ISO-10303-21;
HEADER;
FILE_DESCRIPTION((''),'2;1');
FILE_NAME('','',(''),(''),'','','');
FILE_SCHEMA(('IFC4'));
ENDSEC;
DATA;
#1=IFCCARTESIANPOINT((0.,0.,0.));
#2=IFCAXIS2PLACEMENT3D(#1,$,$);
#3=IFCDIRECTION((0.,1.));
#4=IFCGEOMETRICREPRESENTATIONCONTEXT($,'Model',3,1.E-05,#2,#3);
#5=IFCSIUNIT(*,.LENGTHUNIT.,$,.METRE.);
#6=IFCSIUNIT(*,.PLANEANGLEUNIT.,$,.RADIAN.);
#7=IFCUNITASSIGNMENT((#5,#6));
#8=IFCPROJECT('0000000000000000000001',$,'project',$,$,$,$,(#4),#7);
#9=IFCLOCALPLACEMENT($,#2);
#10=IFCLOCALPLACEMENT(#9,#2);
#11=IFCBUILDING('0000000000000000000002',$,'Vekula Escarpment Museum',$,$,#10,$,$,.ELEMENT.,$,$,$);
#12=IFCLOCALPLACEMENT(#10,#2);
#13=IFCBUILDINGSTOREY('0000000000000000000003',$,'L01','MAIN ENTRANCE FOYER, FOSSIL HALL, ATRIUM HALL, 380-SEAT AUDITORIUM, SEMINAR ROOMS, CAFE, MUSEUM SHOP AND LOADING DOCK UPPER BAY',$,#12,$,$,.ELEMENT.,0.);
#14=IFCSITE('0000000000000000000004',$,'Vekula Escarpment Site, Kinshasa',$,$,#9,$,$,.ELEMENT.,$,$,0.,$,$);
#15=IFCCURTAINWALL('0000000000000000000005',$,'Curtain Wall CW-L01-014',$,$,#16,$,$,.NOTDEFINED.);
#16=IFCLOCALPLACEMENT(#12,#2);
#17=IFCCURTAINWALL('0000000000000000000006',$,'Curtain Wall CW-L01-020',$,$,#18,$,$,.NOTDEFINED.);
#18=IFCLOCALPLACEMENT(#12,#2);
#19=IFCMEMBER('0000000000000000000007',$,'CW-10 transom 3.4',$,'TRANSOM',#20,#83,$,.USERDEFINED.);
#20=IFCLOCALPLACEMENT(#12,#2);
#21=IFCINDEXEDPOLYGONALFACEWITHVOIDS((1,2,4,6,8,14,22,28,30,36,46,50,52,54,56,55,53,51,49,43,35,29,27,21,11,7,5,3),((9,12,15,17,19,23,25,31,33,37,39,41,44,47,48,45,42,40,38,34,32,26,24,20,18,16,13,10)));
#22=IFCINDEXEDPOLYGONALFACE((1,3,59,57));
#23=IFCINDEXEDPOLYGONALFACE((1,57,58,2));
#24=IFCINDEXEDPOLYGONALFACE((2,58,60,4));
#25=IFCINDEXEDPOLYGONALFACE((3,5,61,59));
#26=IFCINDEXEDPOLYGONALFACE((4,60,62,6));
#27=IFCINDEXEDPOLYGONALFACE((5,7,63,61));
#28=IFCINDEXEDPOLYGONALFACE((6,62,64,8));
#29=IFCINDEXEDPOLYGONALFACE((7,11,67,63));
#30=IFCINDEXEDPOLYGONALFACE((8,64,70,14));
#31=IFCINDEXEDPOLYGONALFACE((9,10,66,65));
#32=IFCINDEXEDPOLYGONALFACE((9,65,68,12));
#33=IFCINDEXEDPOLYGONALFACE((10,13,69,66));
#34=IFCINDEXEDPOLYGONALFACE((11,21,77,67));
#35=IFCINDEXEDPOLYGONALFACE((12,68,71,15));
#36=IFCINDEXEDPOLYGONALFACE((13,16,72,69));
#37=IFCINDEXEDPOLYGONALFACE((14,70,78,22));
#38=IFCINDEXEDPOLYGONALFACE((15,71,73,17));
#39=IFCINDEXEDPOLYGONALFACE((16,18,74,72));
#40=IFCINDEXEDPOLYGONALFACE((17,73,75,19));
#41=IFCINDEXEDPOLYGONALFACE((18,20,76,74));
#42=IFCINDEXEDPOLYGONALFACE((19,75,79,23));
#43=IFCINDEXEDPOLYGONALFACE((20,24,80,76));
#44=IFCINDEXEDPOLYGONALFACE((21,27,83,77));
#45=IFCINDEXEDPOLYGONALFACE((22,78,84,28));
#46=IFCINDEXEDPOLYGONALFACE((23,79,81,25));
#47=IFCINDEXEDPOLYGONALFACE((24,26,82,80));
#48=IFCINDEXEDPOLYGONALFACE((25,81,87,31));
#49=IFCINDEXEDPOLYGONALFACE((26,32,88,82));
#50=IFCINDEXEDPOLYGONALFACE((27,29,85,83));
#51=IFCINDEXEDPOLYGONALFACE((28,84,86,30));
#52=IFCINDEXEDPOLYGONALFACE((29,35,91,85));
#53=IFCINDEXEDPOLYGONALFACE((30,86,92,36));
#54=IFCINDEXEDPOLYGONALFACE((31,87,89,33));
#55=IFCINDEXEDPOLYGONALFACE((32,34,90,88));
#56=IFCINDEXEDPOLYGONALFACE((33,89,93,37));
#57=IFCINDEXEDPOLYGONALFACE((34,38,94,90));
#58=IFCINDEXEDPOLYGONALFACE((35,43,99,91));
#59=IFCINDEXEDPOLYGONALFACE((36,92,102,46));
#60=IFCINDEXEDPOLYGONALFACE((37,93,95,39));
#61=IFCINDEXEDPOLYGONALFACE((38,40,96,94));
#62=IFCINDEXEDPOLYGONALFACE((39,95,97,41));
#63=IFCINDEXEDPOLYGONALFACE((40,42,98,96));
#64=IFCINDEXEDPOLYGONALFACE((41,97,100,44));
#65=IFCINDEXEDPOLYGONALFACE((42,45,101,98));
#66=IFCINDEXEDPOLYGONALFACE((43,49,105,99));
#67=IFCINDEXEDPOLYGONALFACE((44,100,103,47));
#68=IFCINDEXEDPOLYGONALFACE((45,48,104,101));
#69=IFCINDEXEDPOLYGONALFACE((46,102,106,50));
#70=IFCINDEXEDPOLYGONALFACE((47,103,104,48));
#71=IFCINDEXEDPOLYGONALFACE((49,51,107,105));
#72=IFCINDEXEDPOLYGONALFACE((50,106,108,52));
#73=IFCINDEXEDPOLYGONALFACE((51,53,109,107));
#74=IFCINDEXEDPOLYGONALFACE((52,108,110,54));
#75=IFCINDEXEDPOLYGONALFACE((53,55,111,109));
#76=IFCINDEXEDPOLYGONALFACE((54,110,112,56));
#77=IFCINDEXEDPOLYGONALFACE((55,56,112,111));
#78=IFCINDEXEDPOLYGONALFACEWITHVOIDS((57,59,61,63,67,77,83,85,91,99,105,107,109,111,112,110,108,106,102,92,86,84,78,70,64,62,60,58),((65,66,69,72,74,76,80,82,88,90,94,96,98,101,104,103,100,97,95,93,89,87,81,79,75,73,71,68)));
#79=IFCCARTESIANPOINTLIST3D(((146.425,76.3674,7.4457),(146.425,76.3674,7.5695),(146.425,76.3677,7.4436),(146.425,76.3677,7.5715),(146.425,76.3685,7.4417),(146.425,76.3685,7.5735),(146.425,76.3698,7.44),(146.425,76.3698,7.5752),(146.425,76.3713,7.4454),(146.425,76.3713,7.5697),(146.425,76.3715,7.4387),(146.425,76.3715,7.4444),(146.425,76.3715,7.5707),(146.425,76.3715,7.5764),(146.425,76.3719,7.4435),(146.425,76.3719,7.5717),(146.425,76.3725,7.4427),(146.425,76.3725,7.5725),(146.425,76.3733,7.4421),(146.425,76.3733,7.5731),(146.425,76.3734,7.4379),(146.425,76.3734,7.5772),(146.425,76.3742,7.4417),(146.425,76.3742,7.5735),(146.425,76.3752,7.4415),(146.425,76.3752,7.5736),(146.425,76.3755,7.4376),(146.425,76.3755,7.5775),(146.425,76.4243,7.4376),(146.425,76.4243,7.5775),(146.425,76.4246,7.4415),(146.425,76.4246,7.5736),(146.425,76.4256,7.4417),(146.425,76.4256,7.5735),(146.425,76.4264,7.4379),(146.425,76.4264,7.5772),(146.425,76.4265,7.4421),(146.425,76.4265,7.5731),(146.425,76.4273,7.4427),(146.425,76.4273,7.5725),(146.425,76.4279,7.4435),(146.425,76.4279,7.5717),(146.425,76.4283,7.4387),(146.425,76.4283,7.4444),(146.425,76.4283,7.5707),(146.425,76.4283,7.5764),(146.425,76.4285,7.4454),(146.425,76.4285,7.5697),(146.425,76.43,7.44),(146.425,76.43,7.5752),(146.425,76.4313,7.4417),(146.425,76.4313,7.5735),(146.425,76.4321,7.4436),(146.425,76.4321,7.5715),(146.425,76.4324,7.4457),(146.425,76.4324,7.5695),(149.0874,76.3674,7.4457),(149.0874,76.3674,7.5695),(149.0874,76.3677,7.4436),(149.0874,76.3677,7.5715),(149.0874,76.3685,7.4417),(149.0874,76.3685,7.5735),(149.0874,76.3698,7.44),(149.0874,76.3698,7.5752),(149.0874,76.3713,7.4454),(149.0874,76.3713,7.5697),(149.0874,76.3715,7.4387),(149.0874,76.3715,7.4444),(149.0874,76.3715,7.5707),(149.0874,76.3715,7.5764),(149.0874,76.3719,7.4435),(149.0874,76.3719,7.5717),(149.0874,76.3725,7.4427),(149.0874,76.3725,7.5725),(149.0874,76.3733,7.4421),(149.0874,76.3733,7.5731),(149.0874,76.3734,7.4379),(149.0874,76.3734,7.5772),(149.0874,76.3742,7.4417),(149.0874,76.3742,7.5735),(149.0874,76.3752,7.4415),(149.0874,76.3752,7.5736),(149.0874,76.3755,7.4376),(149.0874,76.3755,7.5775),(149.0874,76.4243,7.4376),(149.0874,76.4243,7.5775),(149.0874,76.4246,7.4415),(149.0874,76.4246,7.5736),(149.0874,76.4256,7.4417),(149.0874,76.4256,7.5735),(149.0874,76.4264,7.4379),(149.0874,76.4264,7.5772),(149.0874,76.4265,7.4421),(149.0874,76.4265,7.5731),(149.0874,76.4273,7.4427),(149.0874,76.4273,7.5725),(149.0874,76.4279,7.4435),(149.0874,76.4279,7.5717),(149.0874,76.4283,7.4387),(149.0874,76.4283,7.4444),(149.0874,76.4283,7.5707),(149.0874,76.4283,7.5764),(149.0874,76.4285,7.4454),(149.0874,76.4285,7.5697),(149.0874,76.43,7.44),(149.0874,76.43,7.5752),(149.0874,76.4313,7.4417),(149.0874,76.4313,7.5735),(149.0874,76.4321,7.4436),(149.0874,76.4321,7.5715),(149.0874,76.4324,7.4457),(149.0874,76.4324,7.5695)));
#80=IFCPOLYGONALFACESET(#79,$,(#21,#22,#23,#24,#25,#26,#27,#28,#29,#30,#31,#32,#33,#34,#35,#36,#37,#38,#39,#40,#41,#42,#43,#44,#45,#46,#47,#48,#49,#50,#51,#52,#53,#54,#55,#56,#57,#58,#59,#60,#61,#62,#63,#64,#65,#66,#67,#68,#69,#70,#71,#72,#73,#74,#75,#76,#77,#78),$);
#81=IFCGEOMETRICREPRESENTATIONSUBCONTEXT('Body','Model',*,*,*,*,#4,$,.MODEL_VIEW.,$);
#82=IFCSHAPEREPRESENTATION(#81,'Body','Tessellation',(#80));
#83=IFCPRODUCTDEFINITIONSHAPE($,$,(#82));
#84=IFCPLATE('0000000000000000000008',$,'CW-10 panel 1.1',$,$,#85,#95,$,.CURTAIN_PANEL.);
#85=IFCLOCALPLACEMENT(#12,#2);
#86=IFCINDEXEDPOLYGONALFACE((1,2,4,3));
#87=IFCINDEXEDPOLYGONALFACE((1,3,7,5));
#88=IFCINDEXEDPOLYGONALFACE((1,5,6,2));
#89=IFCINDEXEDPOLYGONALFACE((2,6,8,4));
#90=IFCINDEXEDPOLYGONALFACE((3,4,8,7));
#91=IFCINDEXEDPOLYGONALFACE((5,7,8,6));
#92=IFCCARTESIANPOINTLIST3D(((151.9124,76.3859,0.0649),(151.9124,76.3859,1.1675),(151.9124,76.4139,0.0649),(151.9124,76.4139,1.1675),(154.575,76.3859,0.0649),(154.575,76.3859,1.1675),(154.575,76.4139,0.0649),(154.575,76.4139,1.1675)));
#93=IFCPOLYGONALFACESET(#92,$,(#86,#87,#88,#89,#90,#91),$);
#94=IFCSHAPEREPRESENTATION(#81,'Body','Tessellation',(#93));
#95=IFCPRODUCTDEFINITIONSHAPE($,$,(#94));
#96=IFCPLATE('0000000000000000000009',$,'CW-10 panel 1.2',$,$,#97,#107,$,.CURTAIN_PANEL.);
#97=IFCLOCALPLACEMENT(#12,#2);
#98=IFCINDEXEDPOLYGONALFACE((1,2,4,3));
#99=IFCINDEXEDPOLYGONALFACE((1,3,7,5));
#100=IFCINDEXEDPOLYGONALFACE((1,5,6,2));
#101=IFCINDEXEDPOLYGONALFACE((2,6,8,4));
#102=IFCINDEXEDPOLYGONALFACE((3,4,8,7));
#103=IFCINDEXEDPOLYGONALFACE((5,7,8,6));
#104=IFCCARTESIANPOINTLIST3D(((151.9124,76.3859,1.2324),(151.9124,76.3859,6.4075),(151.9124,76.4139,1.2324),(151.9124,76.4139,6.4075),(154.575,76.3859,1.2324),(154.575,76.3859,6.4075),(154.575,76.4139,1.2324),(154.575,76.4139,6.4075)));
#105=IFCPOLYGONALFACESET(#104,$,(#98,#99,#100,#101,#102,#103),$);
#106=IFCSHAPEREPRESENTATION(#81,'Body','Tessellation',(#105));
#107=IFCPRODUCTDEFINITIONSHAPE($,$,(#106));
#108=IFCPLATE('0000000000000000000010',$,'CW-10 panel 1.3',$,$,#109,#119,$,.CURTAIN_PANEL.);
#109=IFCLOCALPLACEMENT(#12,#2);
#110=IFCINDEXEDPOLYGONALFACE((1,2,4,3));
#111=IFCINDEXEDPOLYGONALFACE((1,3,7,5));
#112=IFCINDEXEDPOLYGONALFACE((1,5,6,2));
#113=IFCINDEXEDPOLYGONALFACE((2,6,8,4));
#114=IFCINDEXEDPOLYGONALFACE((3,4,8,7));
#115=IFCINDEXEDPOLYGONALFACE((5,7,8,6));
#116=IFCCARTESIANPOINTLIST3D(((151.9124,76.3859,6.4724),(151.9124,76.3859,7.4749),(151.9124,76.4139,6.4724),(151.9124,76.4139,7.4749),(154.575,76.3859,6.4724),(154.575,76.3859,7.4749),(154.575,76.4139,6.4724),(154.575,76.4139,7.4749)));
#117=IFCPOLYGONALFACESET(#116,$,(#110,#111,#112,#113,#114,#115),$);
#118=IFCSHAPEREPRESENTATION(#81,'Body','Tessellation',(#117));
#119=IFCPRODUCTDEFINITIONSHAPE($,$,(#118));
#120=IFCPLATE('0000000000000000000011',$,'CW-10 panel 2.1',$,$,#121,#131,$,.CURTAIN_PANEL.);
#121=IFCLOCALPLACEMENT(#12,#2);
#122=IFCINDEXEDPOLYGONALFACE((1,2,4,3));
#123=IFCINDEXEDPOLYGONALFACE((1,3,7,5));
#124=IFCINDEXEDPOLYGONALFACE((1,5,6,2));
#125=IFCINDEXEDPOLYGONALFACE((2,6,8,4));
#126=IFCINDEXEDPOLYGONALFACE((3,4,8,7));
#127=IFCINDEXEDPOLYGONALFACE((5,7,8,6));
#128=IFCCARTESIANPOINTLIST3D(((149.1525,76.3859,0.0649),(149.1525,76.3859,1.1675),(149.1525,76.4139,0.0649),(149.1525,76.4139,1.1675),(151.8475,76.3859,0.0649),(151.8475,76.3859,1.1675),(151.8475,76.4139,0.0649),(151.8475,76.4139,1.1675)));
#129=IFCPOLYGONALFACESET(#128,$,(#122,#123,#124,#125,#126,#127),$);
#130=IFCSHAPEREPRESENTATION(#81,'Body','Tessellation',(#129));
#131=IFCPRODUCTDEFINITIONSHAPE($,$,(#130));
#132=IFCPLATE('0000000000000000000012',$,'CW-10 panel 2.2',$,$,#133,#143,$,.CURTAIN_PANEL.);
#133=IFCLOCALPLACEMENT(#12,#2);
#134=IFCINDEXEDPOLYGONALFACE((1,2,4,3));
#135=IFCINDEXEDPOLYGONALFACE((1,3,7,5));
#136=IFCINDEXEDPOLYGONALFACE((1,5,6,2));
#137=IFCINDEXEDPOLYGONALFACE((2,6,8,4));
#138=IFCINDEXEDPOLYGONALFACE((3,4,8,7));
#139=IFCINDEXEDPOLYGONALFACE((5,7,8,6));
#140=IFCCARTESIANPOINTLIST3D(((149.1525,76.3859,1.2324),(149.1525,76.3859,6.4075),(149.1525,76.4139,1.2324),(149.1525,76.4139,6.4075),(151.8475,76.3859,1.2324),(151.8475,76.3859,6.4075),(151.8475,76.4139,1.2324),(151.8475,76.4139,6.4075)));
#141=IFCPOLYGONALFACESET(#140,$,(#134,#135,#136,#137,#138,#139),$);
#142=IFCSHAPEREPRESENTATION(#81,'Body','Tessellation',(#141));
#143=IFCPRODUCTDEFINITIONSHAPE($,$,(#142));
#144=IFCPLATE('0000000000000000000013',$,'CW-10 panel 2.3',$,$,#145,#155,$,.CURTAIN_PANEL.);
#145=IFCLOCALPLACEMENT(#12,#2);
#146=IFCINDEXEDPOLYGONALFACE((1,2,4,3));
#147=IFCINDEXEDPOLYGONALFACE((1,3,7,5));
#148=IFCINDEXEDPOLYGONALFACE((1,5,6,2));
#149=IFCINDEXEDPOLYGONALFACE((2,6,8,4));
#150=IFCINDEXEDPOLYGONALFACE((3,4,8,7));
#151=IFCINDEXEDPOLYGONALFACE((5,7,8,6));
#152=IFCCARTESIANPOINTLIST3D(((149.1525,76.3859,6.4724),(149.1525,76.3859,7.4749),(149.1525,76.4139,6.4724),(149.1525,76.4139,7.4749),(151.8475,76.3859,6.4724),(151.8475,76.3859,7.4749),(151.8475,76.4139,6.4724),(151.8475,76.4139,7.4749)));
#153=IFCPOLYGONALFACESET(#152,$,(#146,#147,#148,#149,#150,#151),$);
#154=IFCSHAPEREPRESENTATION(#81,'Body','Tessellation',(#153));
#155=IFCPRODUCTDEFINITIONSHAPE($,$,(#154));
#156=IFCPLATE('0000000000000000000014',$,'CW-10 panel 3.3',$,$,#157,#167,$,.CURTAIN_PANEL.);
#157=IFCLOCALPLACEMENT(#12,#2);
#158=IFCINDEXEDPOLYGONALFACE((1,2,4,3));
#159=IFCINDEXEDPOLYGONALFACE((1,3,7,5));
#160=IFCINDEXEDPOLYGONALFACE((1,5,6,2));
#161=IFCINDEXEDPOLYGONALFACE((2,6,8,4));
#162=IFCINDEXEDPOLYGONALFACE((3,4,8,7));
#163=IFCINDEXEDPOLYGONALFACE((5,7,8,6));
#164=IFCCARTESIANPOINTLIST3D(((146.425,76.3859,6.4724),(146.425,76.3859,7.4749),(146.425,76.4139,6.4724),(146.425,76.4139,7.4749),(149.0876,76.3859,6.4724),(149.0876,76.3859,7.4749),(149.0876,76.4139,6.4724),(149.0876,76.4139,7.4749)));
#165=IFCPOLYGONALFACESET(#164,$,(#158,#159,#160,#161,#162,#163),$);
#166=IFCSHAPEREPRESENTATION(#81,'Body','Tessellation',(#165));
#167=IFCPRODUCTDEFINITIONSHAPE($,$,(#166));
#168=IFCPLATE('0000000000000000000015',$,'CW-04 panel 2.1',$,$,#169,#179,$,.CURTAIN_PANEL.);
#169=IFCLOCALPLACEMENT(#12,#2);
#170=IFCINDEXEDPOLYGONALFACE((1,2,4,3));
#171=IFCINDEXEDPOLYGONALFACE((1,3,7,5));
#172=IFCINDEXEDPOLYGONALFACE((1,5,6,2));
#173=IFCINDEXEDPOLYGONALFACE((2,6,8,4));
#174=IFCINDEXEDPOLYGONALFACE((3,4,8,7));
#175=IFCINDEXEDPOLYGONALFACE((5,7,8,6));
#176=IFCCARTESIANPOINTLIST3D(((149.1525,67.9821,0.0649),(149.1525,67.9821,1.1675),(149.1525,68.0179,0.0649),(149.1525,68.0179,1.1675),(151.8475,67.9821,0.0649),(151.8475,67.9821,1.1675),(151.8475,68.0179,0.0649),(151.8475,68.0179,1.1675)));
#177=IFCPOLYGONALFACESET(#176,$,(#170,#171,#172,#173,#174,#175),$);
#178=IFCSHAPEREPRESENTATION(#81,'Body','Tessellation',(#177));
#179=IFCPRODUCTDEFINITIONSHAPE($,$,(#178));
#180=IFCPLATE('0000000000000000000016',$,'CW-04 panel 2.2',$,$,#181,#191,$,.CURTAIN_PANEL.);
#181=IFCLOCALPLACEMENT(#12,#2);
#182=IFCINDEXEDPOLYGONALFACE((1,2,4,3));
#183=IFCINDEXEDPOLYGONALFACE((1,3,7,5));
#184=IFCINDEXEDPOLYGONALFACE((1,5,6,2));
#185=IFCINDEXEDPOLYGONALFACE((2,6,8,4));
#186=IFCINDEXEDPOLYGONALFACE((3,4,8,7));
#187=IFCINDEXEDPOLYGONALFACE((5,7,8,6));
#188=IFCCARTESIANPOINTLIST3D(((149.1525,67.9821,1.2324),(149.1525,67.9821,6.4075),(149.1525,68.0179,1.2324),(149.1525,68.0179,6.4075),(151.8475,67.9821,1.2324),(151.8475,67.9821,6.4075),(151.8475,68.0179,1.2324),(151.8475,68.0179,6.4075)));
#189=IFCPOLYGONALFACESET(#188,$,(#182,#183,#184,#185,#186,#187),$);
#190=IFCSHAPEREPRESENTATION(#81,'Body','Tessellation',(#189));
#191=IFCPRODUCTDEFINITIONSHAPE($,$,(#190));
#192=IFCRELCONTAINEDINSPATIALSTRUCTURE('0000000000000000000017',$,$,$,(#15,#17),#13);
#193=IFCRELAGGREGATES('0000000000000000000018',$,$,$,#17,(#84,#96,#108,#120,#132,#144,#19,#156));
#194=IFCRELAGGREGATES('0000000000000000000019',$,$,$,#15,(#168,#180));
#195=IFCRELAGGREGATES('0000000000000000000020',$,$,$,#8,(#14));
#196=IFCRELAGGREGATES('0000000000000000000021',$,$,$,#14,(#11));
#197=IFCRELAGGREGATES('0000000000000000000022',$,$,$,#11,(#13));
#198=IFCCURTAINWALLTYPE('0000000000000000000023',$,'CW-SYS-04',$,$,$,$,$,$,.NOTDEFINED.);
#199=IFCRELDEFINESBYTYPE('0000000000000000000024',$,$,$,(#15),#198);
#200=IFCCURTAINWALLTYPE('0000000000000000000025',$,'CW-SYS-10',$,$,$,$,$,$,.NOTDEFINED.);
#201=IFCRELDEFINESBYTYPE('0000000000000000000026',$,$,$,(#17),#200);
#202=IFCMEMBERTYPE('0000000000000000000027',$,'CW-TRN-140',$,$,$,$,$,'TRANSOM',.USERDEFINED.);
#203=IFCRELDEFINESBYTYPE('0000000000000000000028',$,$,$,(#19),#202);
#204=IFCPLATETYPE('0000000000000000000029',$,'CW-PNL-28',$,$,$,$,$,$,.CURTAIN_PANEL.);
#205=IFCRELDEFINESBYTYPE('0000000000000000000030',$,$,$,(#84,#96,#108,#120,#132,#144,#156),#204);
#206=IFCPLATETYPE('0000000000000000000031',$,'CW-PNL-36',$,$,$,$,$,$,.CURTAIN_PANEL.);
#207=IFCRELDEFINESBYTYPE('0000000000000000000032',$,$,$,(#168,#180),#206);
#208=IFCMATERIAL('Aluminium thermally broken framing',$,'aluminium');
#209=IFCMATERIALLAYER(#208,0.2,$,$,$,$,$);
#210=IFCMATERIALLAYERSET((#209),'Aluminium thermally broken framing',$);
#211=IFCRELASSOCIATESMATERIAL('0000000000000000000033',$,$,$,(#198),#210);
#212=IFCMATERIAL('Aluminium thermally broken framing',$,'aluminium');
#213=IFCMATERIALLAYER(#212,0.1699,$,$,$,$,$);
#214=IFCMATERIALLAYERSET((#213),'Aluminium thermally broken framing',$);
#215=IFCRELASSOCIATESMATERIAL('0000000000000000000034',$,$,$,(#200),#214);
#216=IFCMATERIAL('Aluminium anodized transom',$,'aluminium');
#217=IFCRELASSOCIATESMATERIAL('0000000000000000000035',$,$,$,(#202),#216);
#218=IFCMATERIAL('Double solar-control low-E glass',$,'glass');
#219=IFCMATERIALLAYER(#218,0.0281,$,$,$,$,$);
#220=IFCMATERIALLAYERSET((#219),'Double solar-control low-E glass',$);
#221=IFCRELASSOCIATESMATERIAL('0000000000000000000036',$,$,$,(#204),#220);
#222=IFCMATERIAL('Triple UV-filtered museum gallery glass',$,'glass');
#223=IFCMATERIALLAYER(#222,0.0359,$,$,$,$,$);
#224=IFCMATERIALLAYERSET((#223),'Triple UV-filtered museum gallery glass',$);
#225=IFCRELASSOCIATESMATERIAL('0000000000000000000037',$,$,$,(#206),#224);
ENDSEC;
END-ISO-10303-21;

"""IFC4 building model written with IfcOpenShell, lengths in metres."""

from ifc_helpers import new_model, si_unit, direction, frame, origin, origin_2d, place, context, subcontext, project, spatial, rectangle, hollow_rectangle, extrude, material, layer, layer_set, material_profile, profile_set, type_object, element, aggregate, save


model = new_model("IFC4")

# Units and contexts
model_context = context("Model", 3, precision=1e-05, world=origin(), true_north=direction((0.0, 1.0)))
body_context = subcontext(model_context, "Body", "Model", "MODEL_VIEW")
ifc_project = project(units=[si_unit("LENGTHUNIT", "METRE"), si_unit("PLANEANGLEUNIT", "RADIAN")], contexts=[model_context])

# Site, building, storey
site_placement = place(None, origin())
site = spatial("IfcSite", under=ifc_project, at=site_placement, Name="Vekula Escarpment Site, Kinshasa", CompositionType="ELEMENT", RefElevation=0.0)
building_placement = place(site_placement, origin())
building = spatial("IfcBuilding", under=site, at=building_placement, Name="Vekula Escarpment Museum", CompositionType="ELEMENT")
storey_placement = place(building_placement, origin())
storey = spatial("IfcBuildingStorey", under=building, at=storey_placement, Name="L01", Description="MAIN ENTRANCE FOYER, FOSSIL HALL, ATRIUM HALL, 380-SEAT AUDITORIUM, SEMINAR ROOMS, CAFE, MUSEUM SHOP AND LOADING DOCK UPPER BAY", CompositionType="ELEMENT", Elevation=0.0)

# Curtain walls
ifc_material_1 = material(Name="Aluminium thermally broken framing", Category="aluminium")
ifc_layer_1 = layer(ifc_material_1, 0.2)
ifc_layer_set_1 = layer_set([ifc_layer_1], Name="Aluminium thermally broken framing")
curtain_wall_type_1 = type_object("IfcCurtainWallType", Name="CW-SYS-04", PredefinedType="NOTDEFINED", material=ifc_layer_set_1)
curtain_wall_1_placement = place(storey_placement, origin())
curtain_wall_1 = element("IfcCurtainWall", 1, at=curtain_wall_1_placement, inside=storey, type_object=curtain_wall_type_1, Name="Curtain Wall CW-L01-014", PredefinedType="NOTDEFINED")
ifc_material_2 = material(Name="Aluminium thermally broken framing", Category="aluminium")
ifc_layer_2 = layer(ifc_material_2, 0.1699)
ifc_layer_set_2 = layer_set([ifc_layer_2], Name="Aluminium thermally broken framing")
curtain_wall_type_2 = type_object("IfcCurtainWallType", Name="CW-SYS-10", PredefinedType="NOTDEFINED", material=ifc_layer_set_2)
curtain_wall_2_placement = place(storey_placement, origin())
curtain_wall_2 = element("IfcCurtainWall", 2, at=curtain_wall_2_placement, inside=storey, type_object=curtain_wall_type_2, Name="Curtain Wall CW-L01-020", PredefinedType="NOTDEFINED")

# Member
ifc_material_3 = material(Name="Aluminium anodized transom", Category="aluminium")
ifc_material_profile_1 = material_profile(ifc_material_3, hollow_rectangle(XDim=0.0649, YDim=0.1399, WallThickness=0.0039, InnerFilletRadius=0.0039, OuterFilletRadius=0.0081, at=origin_2d()), Name="ALU 140x65x4")
ifc_profile_set_1 = profile_set([ifc_material_profile_1], Name="Aluminium anodized transom")
member_type_1 = type_object("IfcMemberType", Name="CW-TRN-140", ElementType="TRANSOM", PredefinedType="USERDEFINED", material=ifc_profile_set_1)
member_1_placement = place(storey_placement, frame((149.0874, 76.3999, 7.5076), z_axis=(-1.0, 0.0, 0.0), x_axis=(0.0, -1.0, 0.0)))
member_1 = element("IfcMember", 3, at=member_1_placement, type_object=member_type_1, Name="CW-10 transom 3.4", ObjectType="TRANSOM", PredefinedType="USERDEFINED", context=body_context, shape_type="SweptSolid", body=[
    extrude(hollow_rectangle(XDim=0.0649, YDim=0.1399, WallThickness=0.0039, InnerFilletRadius=0.0039, OuterFilletRadius=0.0081, at=origin_2d()), origin(), (0.0, 0.0, 1.0), 2.6624),
])

# Plates
ifc_material_4 = material(Name="Double solar-control low-E glass", Category="glass")
ifc_layer_3 = layer(ifc_material_4, 0.0281)
ifc_layer_set_3 = layer_set([ifc_layer_3], Name="Double solar-control low-E glass")
plate_type_1 = type_object("IfcPlateType", Name="CW-PNL-28", PredefinedType="CURTAIN_PANEL", material=ifc_layer_set_3)
plate_1_placement = place(storey_placement, frame((153.2437, 76.3999, 0.0649), z_axis=(0.0, 0.0, 1.0), x_axis=(-1.0, 0.0, 0.0)))
plate_1 = element("IfcPlate", 4, at=plate_1_placement, type_object=plate_type_1, Name="CW-10 panel 1.1", PredefinedType="CURTAIN_PANEL", context=body_context, shape_type="SweptSolid", body=[
    extrude(rectangle(XDim=2.6626, YDim=0.0281, at=origin_2d()), origin(), (0.0, 0.0, 1.0), 1.1025),
])
plate_2_placement = place(storey_placement, frame((153.2437, 76.3999, 1.2324), z_axis=(0.0, 0.0, 1.0), x_axis=(-1.0, 0.0, 0.0)))
plate_2 = element("IfcPlate", 5, at=plate_2_placement, type_object=plate_type_1, Name="CW-10 panel 1.2", PredefinedType="CURTAIN_PANEL", context=body_context, shape_type="SweptSolid", body=[
    extrude(rectangle(XDim=2.6626, YDim=0.0281, at=origin_2d()), origin(), (0.0, 0.0, 1.0), 5.175),
])
plate_3_placement = place(storey_placement, frame((153.2437, 76.3999, 6.4724), z_axis=(0.0, 0.0, 1.0), x_axis=(-1.0, 0.0, 0.0)))
plate_3 = element("IfcPlate", 6, at=plate_3_placement, type_object=plate_type_1, Name="CW-10 panel 1.3", PredefinedType="CURTAIN_PANEL", context=body_context, shape_type="SweptSolid", body=[
    extrude(rectangle(XDim=2.6626, YDim=0.0281, at=origin_2d()), origin(), (0.0, 0.0, 1.0), 1.0024),
])
plate_4_placement = place(storey_placement, frame((150.5, 76.3999, 0.0649), z_axis=(0.0, 0.0, 1.0), x_axis=(-1.0, 0.0, 0.0)))
plate_4 = element("IfcPlate", 7, at=plate_4_placement, type_object=plate_type_1, Name="CW-10 panel 2.1", PredefinedType="CURTAIN_PANEL", context=body_context, shape_type="SweptSolid", body=[
    extrude(rectangle(XDim=2.6951, YDim=0.0281, at=origin_2d()), origin(), (0.0, 0.0, 1.0), 1.1025),
])
plate_5_placement = place(storey_placement, frame((150.5, 76.3999, 1.2324), z_axis=(0.0, 0.0, 1.0), x_axis=(-1.0, 0.0, 0.0)))
plate_5 = element("IfcPlate", 8, at=plate_5_placement, type_object=plate_type_1, Name="CW-10 panel 2.2", PredefinedType="CURTAIN_PANEL", context=body_context, shape_type="SweptSolid", body=[
    extrude(rectangle(XDim=2.6951, YDim=0.0281, at=origin_2d()), origin(), (0.0, 0.0, 1.0), 5.175),
])
plate_6_placement = place(storey_placement, frame((150.5, 76.3999, 6.4724), z_axis=(0.0, 0.0, 1.0), x_axis=(-1.0, 0.0, 0.0)))
plate_6 = element("IfcPlate", 9, at=plate_6_placement, type_object=plate_type_1, Name="CW-10 panel 2.3", PredefinedType="CURTAIN_PANEL", context=body_context, shape_type="SweptSolid", body=[
    extrude(rectangle(XDim=2.6951, YDim=0.0281, at=origin_2d()), origin(), (0.0, 0.0, 1.0), 1.0024),
])
plate_7_placement = place(storey_placement, frame((147.7563, 76.3999, 6.4724), z_axis=(0.0, 0.0, 1.0), x_axis=(-1.0, 0.0, 0.0)))
plate_7 = element("IfcPlate", 10, at=plate_7_placement, type_object=plate_type_1, Name="CW-10 panel 3.3", PredefinedType="CURTAIN_PANEL", context=body_context, shape_type="SweptSolid", body=[
    extrude(rectangle(XDim=2.6626, YDim=0.0281, at=origin_2d()), origin(), (0.0, 0.0, 1.0), 1.0024),
])
aggregate(curtain_wall_2, [plate_1, plate_2, plate_3, plate_4, plate_5, plate_6, member_1, plate_7])
ifc_material_5 = material(Name="Triple UV-filtered museum gallery glass", Category="glass")
ifc_layer_4 = layer(ifc_material_5, 0.0359)
ifc_layer_set_4 = layer_set([ifc_layer_4], Name="Triple UV-filtered museum gallery glass")
plate_type_2 = type_object("IfcPlateType", Name="CW-PNL-36", PredefinedType="CURTAIN_PANEL", material=ifc_layer_set_4)
plate_8_placement = place(storey_placement, frame((150.5, 68.0, 0.0649), z_axis=(0.0, 0.0, 1.0), x_axis=(1.0, 0.0, 0.0)))
plate_8 = element("IfcPlate", 11, at=plate_8_placement, type_object=plate_type_2, Name="CW-04 panel 2.1", PredefinedType="CURTAIN_PANEL", context=body_context, shape_type="SweptSolid", body=[
    extrude(rectangle(XDim=2.6951, YDim=0.0359, at=origin_2d()), origin(), (0.0, 0.0, 1.0), 1.1025),
])
plate_9_placement = place(storey_placement, frame((150.5, 68.0, 1.2324), z_axis=(0.0, 0.0, 1.0), x_axis=(1.0, 0.0, 0.0)))
plate_9 = element("IfcPlate", 12, at=plate_9_placement, type_object=plate_type_2, Name="CW-04 panel 2.2", PredefinedType="CURTAIN_PANEL", context=body_context, shape_type="SweptSolid", body=[
    extrude(rectangle(XDim=2.6951, YDim=0.0359, at=origin_2d()), origin(), (0.0, 0.0, 1.0), 5.175),
])
aggregate(curtain_wall_1, [plate_8, plate_9])

save(model, "model.ifc")
